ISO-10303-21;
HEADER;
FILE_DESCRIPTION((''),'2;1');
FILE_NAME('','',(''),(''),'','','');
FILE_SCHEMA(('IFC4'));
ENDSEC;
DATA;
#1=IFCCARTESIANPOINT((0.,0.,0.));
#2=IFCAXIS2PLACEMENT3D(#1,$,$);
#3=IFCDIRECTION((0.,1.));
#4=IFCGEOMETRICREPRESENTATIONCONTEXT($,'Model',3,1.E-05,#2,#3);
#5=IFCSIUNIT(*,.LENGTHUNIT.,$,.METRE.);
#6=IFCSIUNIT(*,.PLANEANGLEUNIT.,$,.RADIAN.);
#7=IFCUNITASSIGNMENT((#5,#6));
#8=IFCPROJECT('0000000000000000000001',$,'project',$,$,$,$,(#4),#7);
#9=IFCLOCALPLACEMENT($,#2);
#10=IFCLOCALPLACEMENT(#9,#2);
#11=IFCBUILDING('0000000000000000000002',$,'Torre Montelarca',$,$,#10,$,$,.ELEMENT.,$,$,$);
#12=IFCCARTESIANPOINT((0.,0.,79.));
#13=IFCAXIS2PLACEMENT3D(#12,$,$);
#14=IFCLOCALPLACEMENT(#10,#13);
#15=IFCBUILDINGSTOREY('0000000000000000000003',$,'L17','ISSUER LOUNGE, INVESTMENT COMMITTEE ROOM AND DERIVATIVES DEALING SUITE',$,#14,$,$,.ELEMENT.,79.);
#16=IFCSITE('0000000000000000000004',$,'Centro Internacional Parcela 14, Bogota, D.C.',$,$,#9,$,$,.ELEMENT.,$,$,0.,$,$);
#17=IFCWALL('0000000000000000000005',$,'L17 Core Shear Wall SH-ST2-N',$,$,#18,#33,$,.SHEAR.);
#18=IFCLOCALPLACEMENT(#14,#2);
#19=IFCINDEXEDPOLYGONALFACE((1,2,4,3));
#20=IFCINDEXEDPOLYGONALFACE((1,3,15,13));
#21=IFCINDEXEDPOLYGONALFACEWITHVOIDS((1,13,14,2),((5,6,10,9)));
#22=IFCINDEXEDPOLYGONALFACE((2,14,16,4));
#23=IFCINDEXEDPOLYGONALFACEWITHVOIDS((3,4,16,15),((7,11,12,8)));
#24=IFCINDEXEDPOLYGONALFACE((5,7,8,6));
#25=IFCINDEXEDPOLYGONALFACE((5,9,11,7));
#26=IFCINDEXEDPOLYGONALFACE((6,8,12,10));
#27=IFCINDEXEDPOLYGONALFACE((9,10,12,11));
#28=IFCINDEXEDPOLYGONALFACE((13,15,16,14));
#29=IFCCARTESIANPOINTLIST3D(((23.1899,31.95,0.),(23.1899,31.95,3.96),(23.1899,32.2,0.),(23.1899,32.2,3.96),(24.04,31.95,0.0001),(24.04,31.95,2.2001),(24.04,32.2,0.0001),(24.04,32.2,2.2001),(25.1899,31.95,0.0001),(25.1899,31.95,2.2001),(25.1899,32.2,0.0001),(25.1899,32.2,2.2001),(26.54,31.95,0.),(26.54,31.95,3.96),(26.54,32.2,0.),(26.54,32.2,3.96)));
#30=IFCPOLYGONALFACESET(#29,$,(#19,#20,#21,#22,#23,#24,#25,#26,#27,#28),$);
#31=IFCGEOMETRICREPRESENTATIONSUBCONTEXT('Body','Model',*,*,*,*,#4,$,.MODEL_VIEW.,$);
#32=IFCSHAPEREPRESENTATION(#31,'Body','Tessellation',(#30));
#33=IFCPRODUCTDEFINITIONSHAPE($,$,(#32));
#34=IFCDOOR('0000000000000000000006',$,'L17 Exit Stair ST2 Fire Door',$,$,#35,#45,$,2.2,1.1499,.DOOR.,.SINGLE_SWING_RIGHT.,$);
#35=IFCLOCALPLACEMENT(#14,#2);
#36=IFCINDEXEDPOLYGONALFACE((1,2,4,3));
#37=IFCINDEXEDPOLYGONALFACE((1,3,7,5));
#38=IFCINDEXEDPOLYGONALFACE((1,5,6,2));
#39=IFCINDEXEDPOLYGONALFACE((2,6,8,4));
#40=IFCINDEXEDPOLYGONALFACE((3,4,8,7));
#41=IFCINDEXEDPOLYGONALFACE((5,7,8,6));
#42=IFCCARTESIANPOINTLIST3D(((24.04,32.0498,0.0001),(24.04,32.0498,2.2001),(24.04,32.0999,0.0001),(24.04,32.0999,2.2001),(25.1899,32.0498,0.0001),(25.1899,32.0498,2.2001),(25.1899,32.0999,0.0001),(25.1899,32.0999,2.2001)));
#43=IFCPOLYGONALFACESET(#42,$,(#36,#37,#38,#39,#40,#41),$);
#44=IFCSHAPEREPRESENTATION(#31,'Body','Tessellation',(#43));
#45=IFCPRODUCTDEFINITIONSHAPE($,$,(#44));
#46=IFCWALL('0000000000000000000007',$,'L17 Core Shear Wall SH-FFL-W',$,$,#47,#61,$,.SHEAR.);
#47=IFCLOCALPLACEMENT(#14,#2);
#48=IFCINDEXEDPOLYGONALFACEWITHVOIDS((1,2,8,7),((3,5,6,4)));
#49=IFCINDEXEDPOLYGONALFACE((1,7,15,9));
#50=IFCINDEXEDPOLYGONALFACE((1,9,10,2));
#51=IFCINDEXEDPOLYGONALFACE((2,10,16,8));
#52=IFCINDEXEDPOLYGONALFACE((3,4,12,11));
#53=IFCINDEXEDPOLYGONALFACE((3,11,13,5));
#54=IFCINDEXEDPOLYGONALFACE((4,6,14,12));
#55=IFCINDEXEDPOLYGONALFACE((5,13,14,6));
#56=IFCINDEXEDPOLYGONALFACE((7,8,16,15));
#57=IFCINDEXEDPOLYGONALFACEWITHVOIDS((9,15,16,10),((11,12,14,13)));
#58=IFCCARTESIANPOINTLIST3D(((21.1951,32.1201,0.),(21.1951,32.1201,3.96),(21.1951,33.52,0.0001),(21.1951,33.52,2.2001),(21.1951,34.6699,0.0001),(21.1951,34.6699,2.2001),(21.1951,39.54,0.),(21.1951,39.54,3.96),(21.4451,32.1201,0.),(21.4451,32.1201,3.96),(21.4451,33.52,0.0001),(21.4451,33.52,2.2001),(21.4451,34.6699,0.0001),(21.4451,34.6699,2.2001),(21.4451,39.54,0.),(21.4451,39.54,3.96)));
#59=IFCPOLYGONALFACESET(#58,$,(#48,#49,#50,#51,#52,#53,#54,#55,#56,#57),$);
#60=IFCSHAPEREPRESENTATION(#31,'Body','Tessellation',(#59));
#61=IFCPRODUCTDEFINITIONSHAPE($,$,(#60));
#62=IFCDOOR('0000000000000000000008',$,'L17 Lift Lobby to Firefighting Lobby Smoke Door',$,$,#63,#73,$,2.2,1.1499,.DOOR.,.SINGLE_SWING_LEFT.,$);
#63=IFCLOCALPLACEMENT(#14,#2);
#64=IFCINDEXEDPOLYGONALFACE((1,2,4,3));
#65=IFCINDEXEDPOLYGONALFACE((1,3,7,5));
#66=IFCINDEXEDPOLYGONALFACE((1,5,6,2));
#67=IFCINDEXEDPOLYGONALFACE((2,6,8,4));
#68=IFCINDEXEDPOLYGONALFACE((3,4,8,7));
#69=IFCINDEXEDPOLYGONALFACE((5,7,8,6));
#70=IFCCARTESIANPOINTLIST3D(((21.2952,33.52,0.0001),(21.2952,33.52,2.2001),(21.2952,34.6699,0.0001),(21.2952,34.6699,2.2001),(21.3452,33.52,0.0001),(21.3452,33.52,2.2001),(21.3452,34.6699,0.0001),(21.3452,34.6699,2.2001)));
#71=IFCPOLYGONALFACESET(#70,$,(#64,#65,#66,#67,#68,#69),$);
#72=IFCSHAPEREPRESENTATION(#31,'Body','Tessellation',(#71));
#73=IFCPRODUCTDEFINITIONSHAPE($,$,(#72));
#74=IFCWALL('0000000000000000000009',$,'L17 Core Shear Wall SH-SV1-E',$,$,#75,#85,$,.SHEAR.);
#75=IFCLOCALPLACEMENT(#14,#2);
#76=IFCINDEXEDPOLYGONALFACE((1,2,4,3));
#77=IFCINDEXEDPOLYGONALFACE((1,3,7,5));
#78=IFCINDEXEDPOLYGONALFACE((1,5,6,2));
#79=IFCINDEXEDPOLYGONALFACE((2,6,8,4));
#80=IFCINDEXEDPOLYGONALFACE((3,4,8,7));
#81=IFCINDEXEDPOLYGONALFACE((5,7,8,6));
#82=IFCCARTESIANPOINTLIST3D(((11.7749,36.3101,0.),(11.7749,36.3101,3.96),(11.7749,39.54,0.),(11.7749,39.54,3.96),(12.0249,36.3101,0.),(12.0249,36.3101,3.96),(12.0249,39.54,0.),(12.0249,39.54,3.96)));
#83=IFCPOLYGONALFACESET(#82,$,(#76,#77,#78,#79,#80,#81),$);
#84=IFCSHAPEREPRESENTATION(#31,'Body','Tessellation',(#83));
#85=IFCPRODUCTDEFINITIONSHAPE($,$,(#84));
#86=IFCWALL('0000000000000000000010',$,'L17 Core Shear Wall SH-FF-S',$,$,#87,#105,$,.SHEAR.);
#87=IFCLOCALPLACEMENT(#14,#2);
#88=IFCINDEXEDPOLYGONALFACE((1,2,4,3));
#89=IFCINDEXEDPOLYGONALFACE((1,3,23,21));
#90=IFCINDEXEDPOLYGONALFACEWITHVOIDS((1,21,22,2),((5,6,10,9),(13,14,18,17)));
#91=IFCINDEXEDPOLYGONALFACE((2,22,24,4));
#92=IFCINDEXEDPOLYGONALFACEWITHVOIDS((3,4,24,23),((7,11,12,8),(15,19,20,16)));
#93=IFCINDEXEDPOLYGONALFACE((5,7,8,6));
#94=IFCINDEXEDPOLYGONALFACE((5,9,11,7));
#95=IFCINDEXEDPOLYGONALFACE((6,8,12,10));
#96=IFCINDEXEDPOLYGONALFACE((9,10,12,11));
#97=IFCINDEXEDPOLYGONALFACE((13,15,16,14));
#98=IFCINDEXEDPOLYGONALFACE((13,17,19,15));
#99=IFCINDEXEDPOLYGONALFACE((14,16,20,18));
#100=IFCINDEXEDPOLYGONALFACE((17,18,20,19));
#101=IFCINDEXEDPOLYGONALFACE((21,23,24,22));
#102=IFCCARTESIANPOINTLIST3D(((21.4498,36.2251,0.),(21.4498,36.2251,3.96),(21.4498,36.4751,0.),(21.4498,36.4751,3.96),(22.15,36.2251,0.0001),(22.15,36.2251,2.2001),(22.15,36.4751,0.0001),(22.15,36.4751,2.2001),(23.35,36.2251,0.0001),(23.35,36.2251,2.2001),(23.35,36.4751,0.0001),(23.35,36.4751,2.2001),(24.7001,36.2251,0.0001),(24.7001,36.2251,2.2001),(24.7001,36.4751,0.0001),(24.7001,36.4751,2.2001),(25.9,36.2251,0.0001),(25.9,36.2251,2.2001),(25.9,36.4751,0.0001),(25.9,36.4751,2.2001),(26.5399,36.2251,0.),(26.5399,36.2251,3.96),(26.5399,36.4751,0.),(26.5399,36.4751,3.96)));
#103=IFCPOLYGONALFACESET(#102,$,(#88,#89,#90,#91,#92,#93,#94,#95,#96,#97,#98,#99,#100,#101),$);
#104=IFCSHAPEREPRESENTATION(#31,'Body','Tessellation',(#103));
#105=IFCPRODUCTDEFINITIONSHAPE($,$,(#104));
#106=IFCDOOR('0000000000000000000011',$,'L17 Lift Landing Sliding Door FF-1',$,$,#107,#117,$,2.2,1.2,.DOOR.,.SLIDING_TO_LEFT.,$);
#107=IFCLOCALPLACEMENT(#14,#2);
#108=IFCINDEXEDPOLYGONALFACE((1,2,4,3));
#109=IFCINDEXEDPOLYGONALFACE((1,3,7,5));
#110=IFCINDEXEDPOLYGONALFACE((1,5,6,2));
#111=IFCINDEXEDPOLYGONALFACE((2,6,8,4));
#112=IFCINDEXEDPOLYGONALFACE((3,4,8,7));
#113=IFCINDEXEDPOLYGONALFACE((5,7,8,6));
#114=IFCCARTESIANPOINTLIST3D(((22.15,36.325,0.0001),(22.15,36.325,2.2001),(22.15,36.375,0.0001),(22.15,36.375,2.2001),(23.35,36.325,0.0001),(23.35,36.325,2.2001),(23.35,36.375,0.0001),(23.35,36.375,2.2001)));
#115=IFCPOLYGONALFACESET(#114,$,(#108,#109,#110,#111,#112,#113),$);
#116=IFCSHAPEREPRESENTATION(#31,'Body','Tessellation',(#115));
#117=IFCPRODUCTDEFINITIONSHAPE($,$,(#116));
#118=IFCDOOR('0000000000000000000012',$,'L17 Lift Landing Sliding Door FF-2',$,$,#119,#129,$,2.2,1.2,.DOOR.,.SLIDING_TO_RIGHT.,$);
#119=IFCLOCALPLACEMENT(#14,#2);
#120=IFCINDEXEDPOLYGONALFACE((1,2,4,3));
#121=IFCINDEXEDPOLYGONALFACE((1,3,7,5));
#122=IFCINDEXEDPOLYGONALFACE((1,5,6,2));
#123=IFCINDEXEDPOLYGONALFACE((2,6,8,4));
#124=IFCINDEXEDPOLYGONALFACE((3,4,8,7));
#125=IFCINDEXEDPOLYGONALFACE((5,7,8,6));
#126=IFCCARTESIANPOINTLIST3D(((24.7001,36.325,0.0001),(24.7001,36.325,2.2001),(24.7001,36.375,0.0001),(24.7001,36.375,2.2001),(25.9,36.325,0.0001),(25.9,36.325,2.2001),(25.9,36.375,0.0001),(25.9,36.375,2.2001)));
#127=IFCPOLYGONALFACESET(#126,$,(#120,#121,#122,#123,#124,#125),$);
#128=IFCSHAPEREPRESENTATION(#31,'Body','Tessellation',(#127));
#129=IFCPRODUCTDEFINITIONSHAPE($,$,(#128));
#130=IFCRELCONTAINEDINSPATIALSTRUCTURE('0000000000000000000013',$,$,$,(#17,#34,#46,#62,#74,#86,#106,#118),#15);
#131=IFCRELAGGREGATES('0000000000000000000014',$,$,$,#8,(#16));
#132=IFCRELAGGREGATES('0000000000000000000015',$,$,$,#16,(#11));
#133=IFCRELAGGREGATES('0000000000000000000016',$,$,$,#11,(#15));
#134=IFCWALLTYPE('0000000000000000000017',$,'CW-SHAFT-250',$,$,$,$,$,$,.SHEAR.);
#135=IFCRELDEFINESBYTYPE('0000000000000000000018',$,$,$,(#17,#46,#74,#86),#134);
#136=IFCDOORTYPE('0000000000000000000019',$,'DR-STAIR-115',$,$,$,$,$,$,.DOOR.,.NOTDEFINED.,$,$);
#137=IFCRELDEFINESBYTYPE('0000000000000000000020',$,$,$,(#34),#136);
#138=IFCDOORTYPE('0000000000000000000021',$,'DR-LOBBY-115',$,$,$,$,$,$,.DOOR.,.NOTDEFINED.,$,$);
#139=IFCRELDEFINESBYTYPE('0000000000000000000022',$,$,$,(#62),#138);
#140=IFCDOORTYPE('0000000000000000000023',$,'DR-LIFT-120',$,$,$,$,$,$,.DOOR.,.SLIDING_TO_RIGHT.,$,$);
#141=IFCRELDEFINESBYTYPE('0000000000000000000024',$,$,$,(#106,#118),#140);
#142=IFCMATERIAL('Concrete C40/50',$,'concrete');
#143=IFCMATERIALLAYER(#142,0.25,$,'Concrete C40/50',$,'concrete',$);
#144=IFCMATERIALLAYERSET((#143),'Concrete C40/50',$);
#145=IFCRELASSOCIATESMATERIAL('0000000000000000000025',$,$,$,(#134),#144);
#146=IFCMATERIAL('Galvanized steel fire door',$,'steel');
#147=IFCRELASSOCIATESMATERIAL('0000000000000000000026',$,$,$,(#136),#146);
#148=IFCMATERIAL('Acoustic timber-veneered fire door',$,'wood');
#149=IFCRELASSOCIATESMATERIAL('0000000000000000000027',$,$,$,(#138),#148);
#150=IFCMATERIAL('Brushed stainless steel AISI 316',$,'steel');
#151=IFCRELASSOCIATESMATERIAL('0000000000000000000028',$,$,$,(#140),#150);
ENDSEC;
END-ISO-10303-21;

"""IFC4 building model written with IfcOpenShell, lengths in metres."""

from ifc_helpers import new_model, si_unit, direction, frame, frame_2d, origin, place, context, subcontext, project, spatial, rectangle, extrude, source, transform, mapped, material, layer, layer_set, type_object, element, fill, save


model = new_model("IFC4")

# Units and contexts
model_context = context("Model", 3, precision=1e-05, world=origin(), true_north=direction((0.0, 1.0)))
body_context = subcontext(model_context, "Body", "Model", "MODEL_VIEW")
ifc_project = project(units=[si_unit("LENGTHUNIT", "METRE"), si_unit("PLANEANGLEUNIT", "RADIAN")], contexts=[model_context])

# Site, building, storey
site_placement = place(None, origin())
site = spatial("IfcSite", under=ifc_project, at=site_placement, Name="Centro Internacional Parcela 14, Bogota, D.C.", CompositionType="ELEMENT", RefElevation=0.0)
building_placement = place(site_placement, origin())
building = spatial("IfcBuilding", under=site, at=building_placement, Name="Torre Montelarca", CompositionType="ELEMENT")
storey_placement = place(building_placement, frame((0.0, 0.0, 79.0)))
storey = spatial("IfcBuildingStorey", under=building, at=storey_placement, Name="L17", Description="ISSUER LOUNGE, INVESTMENT COMMITTEE ROOM AND DERIVATIVES DEALING SUITE", CompositionType="ELEMENT", Elevation=79.0)

# Walls, openings, doors
ifc_material_1 = material(Name="Concrete C40/50", Category="concrete")
ifc_layer_1 = layer(ifc_material_1, 0.25, Name="Concrete C40/50", Category="concrete")
ifc_layer_set_1 = layer_set([ifc_layer_1], Name="Concrete C40/50")
wall_type_1 = type_object("IfcWallType", Name="CW-SHAFT-250", PredefinedType="SHEAR", material=ifc_layer_set_1)
wall_1_placement = place(storey_placement, frame((23.1899, 32.075, 0.0), z_axis=(0.0, 0.0, 1.0), x_axis=(1.0, 0.0, 0.0)))
wall_1 = element("IfcWall", 1, at=wall_1_placement, inside=storey, type_object=wall_type_1, Name="L17 Core Shear Wall SH-ST2-N", PredefinedType="SHEAR", context=body_context, shape_type="SweptSolid", body=[
    extrude(rectangle(XDim=3.3501, YDim=0.25, at=frame_2d((1.675, 0.0))), origin(), (0.0, 0.0, 1.0), 3.96),
])
opening_1_placement = place(wall_1_placement, frame((0.8501, 0.0, 0.0)))
opening_1 = element("IfcOpeningElement", 2, at=opening_1_placement, cuts=wall_1, PredefinedType="OPENING", context=body_context, shape_type="SweptSolid", body=[
    extrude(rectangle(XDim=1.1499, YDim=2.2, at=frame_2d((0.575, 1.1001))), frame((0.0, 0.135, 0.0), z_axis=(0.0, -1.0, 0.0), x_axis=(1.0, 0.0, 0.0)), (0.0, 0.0, 1.0), 0.27),
])
ifc_material_2 = material(Name="Galvanized steel fire door", Category="steel")
door_type_1 = type_object("IfcDoorType", Name="DR-STAIR-115", OperationType="NOTDEFINED", PredefinedType="DOOR", material=ifc_material_2)
shared_shape_1 = source(origin(), body_context, "Body", "SweptSolid", [
    extrude(rectangle(XDim=1.1499, YDim=2.2, at=frame_2d((0.575, 1.1001))), frame((0.0, 0.0249, 0.0), z_axis=(0.0, -1.0, 0.0), x_axis=(1.0, 0.0, 0.0)), (0.0, 0.0, 1.0), 0.05),
])
door_1_placement = place(opening_1_placement, origin())
door_1 = element("IfcDoor", 3, at=door_1_placement, inside=storey, type_object=door_type_1, Name="L17 Exit Stair ST2 Fire Door", OperationType="SINGLE_SWING_RIGHT", OverallHeight=2.2, OverallWidth=1.1499, PredefinedType="DOOR", context=body_context, shape_type="MappedRepresentation", body=[
    mapped(shared_shape_1, transform((0.0, 0.0, 0.0), scale=1.0)),
])
fill(opening_1, door_1)
wall_2_placement = place(storey_placement, frame((21.3201, 32.1201, 0.0), z_axis=(0.0, 0.0, 1.0), x_axis=(0.0, 1.0, 0.0)))
wall_2 = element("IfcWall", 4, at=wall_2_placement, inside=storey, type_object=wall_type_1, Name="L17 Core Shear Wall SH-FFL-W", PredefinedType="SHEAR", context=body_context, shape_type="SweptSolid", body=[
    extrude(rectangle(XDim=7.4199, YDim=0.25, at=frame_2d((3.71, 0.0))), origin(), (0.0, 0.0, 1.0), 3.96),
])
opening_2_placement = place(wall_2_placement, frame((1.3999, 0.0, 0.0)))
opening_2 = element("IfcOpeningElement", 5, at=opening_2_placement, cuts=wall_2, PredefinedType="OPENING", context=body_context, shape_type="SweptSolid", body=[
    extrude(rectangle(XDim=1.1499, YDim=2.2, at=frame_2d((0.575, 1.1001))), frame((0.0, 0.135, 0.0), z_axis=(0.0, -1.0, 0.0), x_axis=(1.0, 0.0, 0.0)), (0.0, 0.0, 1.0), 0.27),
])
ifc_material_3 = material(Name="Acoustic timber-veneered fire door", Category="wood")
door_type_2 = type_object("IfcDoorType", Name="DR-LOBBY-115", OperationType="NOTDEFINED", PredefinedType="DOOR", material=ifc_material_3)
shared_shape_2 = source(origin(), body_context, "Body", "SweptSolid", [
    extrude(rectangle(XDim=1.1499, YDim=2.2, at=frame_2d((0.575, 1.1001))), frame((0.0, 0.0249, 0.0), z_axis=(0.0, -1.0, 0.0), x_axis=(1.0, 0.0, 0.0)), (0.0, 0.0, 1.0), 0.05),
])
door_2_placement = place(opening_2_placement, origin())
door_2 = element("IfcDoor", 6, at=door_2_placement, inside=storey, type_object=door_type_2, Name="L17 Lift Lobby to Firefighting Lobby Smoke Door", OperationType="SINGLE_SWING_LEFT", OverallHeight=2.2, OverallWidth=1.1499, PredefinedType="DOOR", context=body_context, shape_type="MappedRepresentation", body=[
    mapped(shared_shape_2, transform((0.0, 0.0, 0.0), scale=1.0)),
])
fill(opening_2, door_2)

# Wall
wall_3_placement = place(storey_placement, frame((11.8999, 36.3101, 0.0), z_axis=(0.0, 0.0, 1.0), x_axis=(0.0, 1.0, 0.0)))
element("IfcWall", 7, at=wall_3_placement, inside=storey, type_object=wall_type_1, Name="L17 Core Shear Wall SH-SV1-E", PredefinedType="SHEAR", context=body_context, shape_type="SweptSolid", body=[
    extrude(rectangle(XDim=3.23, YDim=0.25, at=frame_2d((1.615, 0.0))), origin(), (0.0, 0.0, 1.0), 3.96),
])

# Wall, openings, doors
wall_4_placement = place(storey_placement, frame((21.45, 36.3501, 0.0), z_axis=(0.0, 0.0, 1.0), x_axis=(1.0, 0.0, 0.0)))
wall_4 = element("IfcWall", 8, at=wall_4_placement, inside=storey, type_object=wall_type_1, Name="L17 Core Shear Wall SH-FF-S", PredefinedType="SHEAR", context=body_context, shape_type="SweptSolid", body=[
    extrude(rectangle(XDim=5.0901, YDim=0.25, at=frame_2d((2.5449, 0.0))), origin(), (0.0, 0.0, 1.0), 3.96),
])
opening_3_placement = place(wall_4_placement, frame((0.7, 0.0, 0.0)))
opening_3 = element("IfcOpeningElement", 9, at=opening_3_placement, cuts=wall_4, PredefinedType="OPENING", context=body_context, shape_type="SweptSolid", body=[
    extrude(rectangle(XDim=1.2, YDim=2.2, at=frame_2d((0.6001, 1.1001))), frame((0.0, 0.135, 0.0), z_axis=(0.0, -1.0, 0.0), x_axis=(1.0, 0.0, 0.0)), (0.0, 0.0, 1.0), 0.27),
])
opening_4_placement = place(wall_4_placement, frame((3.25, 0.0, 0.0)))
opening_4 = element("IfcOpeningElement", 10, at=opening_4_placement, cuts=wall_4, PredefinedType="OPENING", context=body_context, shape_type="SweptSolid", body=[
    extrude(rectangle(XDim=1.2, YDim=2.2, at=frame_2d((0.6001, 1.1001))), frame((0.0, 0.135, 0.0), z_axis=(0.0, -1.0, 0.0), x_axis=(1.0, 0.0, 0.0)), (0.0, 0.0, 1.0), 0.27),
])
ifc_material_4 = material(Name="Brushed stainless steel AISI 316", Category="steel")
door_type_3 = type_object("IfcDoorType", Name="DR-LIFT-120", OperationType="SLIDING_TO_RIGHT", PredefinedType="DOOR", material=ifc_material_4)
shared_shape_3 = source(origin(), body_context, "Body", "SweptSolid", [
    extrude(rectangle(XDim=1.2, YDim=2.2, at=frame_2d((0.6001, 1.1001))), frame((0.0, 0.0249, 0.0), z_axis=(0.0, -1.0, 0.0), x_axis=(1.0, 0.0, 0.0)), (0.0, 0.0, 1.0), 0.05),
])
door_3_placement = place(opening_3_placement, origin())
door_3 = element("IfcDoor", 11, at=door_3_placement, inside=storey, type_object=door_type_3, Name="L17 Lift Landing Sliding Door FF-1", OperationType="SLIDING_TO_LEFT", OverallHeight=2.2, OverallWidth=1.2, PredefinedType="DOOR", context=body_context, shape_type="MappedRepresentation", body=[
    mapped(shared_shape_3, transform((0.0, 0.0, 0.0), scale=1.0)),
])
fill(opening_3, door_3)
door_4_placement = place(opening_4_placement, origin())
door_4 = element("IfcDoor", 12, at=door_4_placement, inside=storey, type_object=door_type_3, Name="L17 Lift Landing Sliding Door FF-2", OperationType="SLIDING_TO_RIGHT", OverallHeight=2.2, OverallWidth=1.2, PredefinedType="DOOR", context=body_context, shape_type="MappedRepresentation", body=[
    mapped(shared_shape_3, transform((0.0, 0.0, 0.0), scale=1.0)),
])
fill(opening_4, door_4)

save(model, "model.ifc")
